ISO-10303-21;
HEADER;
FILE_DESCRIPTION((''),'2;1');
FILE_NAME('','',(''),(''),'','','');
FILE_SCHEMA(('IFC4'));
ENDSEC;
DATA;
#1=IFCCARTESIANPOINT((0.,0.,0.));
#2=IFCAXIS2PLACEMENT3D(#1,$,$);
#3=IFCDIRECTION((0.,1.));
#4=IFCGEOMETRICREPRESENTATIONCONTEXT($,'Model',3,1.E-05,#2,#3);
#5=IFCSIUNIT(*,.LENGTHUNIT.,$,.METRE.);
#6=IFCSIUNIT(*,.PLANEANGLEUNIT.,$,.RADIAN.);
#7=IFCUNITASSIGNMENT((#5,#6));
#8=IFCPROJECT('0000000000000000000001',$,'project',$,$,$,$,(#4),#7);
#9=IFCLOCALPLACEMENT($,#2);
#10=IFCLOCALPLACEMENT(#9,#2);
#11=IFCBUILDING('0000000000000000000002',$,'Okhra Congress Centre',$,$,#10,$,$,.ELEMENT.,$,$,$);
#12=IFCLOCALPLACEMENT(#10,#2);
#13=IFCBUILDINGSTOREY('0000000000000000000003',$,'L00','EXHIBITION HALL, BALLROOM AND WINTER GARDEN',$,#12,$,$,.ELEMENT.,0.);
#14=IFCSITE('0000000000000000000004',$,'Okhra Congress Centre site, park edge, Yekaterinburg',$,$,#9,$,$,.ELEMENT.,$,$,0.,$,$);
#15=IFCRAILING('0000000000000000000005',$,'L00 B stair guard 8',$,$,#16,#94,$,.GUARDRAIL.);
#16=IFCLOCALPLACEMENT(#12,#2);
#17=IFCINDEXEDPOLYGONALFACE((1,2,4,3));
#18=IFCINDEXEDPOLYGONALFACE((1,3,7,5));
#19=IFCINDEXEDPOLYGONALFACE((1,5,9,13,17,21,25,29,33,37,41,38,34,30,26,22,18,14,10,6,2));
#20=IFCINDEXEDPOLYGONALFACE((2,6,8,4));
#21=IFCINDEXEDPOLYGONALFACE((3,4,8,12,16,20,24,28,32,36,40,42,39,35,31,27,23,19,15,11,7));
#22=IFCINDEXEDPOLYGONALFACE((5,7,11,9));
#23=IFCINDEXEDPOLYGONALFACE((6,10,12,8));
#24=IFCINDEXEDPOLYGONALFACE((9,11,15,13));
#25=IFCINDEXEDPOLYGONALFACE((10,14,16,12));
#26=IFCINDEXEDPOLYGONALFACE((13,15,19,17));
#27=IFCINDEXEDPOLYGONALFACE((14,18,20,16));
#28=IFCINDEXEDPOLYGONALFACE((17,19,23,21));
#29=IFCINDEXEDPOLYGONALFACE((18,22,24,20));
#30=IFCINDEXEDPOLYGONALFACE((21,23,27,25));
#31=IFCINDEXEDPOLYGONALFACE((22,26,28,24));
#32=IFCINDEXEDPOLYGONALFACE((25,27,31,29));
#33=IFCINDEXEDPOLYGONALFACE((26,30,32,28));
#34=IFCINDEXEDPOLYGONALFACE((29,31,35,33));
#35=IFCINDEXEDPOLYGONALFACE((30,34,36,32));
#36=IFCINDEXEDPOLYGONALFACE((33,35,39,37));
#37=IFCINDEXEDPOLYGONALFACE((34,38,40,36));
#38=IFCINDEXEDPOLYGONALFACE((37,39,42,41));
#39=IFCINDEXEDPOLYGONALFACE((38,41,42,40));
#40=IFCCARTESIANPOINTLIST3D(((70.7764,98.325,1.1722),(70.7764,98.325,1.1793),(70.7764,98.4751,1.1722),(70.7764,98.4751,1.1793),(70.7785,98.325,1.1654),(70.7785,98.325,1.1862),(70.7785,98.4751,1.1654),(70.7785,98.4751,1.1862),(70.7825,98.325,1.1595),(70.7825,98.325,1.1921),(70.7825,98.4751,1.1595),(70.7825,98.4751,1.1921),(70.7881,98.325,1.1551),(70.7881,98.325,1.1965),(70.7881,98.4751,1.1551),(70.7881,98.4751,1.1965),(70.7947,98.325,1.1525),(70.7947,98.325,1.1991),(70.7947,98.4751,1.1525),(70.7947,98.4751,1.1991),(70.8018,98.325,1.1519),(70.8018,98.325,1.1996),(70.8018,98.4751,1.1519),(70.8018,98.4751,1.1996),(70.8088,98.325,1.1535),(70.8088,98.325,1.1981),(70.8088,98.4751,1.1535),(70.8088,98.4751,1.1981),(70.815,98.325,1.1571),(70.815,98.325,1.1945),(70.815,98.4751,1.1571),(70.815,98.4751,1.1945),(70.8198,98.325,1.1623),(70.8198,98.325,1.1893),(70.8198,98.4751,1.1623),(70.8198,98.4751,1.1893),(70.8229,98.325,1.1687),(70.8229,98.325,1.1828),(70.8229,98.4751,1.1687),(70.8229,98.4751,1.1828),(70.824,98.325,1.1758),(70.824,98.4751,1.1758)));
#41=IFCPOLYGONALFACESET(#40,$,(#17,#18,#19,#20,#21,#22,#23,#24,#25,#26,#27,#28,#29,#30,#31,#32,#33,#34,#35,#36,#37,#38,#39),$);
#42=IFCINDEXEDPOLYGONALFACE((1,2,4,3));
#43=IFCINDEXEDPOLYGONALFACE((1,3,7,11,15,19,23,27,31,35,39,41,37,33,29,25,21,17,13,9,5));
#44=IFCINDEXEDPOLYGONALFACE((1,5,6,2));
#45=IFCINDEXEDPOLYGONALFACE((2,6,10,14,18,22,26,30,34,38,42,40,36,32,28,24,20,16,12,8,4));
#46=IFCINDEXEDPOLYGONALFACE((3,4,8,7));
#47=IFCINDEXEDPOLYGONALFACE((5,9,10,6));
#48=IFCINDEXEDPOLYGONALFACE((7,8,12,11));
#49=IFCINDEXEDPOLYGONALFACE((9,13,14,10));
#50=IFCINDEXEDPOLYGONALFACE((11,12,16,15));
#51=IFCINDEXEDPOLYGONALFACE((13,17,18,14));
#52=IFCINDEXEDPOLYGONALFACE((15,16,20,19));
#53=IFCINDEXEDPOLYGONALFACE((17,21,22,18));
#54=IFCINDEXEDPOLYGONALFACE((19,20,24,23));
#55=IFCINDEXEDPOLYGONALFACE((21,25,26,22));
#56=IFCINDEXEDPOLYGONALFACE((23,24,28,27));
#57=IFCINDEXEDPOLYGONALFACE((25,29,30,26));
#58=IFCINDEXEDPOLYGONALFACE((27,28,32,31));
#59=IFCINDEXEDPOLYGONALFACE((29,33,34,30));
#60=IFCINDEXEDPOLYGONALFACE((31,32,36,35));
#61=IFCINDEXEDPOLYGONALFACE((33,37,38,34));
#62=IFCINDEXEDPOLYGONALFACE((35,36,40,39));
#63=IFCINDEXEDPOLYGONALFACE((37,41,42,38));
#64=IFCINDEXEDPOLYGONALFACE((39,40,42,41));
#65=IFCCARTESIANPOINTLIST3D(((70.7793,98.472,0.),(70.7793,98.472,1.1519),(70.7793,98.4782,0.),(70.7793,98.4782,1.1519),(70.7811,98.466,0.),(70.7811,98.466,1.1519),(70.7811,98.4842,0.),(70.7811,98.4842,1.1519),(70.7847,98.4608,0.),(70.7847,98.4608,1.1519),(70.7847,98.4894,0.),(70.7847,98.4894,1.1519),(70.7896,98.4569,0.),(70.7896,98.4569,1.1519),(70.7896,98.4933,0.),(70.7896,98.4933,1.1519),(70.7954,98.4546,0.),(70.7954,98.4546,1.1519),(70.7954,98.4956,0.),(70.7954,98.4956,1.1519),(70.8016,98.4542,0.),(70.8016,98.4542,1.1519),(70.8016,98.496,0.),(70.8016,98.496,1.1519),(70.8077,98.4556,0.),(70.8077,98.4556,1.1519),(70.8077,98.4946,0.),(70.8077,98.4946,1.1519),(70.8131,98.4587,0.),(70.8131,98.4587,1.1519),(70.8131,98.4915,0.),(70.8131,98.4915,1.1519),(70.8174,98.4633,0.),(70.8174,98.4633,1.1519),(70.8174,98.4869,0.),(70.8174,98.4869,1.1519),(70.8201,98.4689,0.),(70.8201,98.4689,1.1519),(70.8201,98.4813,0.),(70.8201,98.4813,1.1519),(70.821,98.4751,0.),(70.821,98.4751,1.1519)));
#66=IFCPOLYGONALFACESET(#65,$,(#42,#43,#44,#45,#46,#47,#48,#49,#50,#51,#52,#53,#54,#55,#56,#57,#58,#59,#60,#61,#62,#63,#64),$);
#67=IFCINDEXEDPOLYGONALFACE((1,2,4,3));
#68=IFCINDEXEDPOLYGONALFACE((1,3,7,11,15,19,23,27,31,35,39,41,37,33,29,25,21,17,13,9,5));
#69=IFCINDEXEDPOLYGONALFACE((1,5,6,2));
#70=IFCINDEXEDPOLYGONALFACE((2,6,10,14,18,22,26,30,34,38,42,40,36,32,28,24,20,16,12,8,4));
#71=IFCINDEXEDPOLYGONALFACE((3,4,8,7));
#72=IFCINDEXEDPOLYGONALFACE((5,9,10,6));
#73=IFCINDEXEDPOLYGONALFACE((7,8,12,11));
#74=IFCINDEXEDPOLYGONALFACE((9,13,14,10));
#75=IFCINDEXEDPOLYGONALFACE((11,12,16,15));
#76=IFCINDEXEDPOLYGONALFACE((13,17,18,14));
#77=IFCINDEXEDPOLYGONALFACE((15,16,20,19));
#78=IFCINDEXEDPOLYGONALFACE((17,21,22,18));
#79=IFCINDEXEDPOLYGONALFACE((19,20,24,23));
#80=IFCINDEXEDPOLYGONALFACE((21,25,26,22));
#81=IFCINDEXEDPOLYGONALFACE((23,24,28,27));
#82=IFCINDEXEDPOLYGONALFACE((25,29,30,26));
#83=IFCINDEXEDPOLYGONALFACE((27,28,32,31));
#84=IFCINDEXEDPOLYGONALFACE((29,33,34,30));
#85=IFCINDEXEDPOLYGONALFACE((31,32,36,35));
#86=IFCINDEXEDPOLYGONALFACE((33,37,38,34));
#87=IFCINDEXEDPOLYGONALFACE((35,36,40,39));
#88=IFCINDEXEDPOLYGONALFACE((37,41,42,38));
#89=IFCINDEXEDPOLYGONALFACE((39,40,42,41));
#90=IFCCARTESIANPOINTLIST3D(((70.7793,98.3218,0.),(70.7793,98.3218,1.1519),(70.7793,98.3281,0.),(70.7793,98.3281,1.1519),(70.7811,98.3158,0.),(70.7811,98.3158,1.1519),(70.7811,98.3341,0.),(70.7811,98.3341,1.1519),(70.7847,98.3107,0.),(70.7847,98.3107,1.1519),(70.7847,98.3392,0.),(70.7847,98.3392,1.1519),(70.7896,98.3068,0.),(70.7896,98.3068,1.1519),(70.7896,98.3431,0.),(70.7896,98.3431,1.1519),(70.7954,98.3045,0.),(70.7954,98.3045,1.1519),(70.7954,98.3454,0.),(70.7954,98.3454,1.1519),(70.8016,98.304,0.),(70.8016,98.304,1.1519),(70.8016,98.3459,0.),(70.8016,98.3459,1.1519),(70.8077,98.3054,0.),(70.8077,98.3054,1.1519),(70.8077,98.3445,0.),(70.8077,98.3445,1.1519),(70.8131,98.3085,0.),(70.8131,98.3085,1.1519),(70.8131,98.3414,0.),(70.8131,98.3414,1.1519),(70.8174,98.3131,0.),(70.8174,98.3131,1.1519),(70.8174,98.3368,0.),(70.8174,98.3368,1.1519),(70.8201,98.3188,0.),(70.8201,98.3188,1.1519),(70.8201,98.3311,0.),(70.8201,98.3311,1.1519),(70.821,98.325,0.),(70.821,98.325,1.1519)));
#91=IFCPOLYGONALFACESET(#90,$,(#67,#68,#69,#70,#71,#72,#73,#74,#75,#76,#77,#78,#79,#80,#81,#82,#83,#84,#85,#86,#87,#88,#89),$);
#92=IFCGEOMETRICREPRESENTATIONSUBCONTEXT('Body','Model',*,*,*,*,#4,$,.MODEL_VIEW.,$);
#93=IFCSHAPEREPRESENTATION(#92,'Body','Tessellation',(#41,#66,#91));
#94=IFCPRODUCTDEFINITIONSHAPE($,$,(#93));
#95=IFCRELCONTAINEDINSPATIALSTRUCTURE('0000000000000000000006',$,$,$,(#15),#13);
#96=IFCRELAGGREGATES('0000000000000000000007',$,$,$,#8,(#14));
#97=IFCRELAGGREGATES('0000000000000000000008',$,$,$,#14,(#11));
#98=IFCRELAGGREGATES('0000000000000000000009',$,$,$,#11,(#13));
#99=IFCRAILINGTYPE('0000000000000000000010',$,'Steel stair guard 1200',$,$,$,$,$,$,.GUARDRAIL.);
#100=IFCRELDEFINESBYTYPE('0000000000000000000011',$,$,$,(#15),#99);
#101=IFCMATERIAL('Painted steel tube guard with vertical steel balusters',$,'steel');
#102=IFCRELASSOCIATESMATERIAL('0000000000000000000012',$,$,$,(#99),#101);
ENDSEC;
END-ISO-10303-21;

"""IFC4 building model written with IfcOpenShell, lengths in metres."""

from ifc_helpers import new_model, si_unit, direction, frame, origin, origin_2d, place, context, subcontext, project, spatial, circle, extrude, material, type_object, element, save


model = new_model("IFC4")

# Units and contexts
model_context = context("Model", 3, precision=1e-05, world=origin(), true_north=direction((0.0, 1.0)))
body_context = subcontext(model_context, "Body", "Model", "MODEL_VIEW")
ifc_project = project(units=[si_unit("LENGTHUNIT", "METRE"), si_unit("PLANEANGLEUNIT", "RADIAN")], contexts=[model_context])

# Site, building, storey
site_placement = place(None, origin())
site = spatial("IfcSite", under=ifc_project, at=site_placement, Name="Okhra Congress Centre site, park edge, Yekaterinburg", CompositionType="ELEMENT", RefElevation=0.0)
building_placement = place(site_placement, origin())
building = spatial("IfcBuilding", under=site, at=building_placement, Name="Okhra Congress Centre", CompositionType="ELEMENT")
storey_placement = place(building_placement, origin())
storey = spatial("IfcBuildingStorey", under=building, at=storey_placement, Name="L00", Description="EXHIBITION HALL, BALLROOM AND WINTER GARDEN", CompositionType="ELEMENT", Elevation=0.0)

# Railing
ifc_material_1 = material(Name="Painted steel tube guard with vertical steel balusters", Category="steel")
railing_type_1 = type_object("IfcRailingType", Name="Steel stair guard 1200", PredefinedType="GUARDRAIL", material=ifc_material_1)
railing_1_placement = place(storey_placement, frame((70.8, 98.4751, 0.0)))
element("IfcRailing", 1, at=railing_1_placement, inside=storey, type_object=railing_type_1, Name="L00 B stair guard 8", PredefinedType="GUARDRAIL", context=body_context, shape_type="SweptSolid", body=[
    extrude(circle(Radius=0.0239, at=origin_2d()), frame((0.0, 0.0, 1.1758), z_axis=(0.0, -1.0, 0.0), x_axis=(1.0, 0.0, 0.0)), (0.0, 0.0, 1.0), 0.1501),
    extrude(circle(Radius=0.021, at=origin_2d()), origin(), (0.0, 0.0, 1.0), 1.1519),
    extrude(circle(Radius=0.021, at=origin_2d()), frame((0.0, -0.1501, 0.0)), (0.0, 0.0, 1.0), 1.1519),
])

save(model, "model.ifc")
